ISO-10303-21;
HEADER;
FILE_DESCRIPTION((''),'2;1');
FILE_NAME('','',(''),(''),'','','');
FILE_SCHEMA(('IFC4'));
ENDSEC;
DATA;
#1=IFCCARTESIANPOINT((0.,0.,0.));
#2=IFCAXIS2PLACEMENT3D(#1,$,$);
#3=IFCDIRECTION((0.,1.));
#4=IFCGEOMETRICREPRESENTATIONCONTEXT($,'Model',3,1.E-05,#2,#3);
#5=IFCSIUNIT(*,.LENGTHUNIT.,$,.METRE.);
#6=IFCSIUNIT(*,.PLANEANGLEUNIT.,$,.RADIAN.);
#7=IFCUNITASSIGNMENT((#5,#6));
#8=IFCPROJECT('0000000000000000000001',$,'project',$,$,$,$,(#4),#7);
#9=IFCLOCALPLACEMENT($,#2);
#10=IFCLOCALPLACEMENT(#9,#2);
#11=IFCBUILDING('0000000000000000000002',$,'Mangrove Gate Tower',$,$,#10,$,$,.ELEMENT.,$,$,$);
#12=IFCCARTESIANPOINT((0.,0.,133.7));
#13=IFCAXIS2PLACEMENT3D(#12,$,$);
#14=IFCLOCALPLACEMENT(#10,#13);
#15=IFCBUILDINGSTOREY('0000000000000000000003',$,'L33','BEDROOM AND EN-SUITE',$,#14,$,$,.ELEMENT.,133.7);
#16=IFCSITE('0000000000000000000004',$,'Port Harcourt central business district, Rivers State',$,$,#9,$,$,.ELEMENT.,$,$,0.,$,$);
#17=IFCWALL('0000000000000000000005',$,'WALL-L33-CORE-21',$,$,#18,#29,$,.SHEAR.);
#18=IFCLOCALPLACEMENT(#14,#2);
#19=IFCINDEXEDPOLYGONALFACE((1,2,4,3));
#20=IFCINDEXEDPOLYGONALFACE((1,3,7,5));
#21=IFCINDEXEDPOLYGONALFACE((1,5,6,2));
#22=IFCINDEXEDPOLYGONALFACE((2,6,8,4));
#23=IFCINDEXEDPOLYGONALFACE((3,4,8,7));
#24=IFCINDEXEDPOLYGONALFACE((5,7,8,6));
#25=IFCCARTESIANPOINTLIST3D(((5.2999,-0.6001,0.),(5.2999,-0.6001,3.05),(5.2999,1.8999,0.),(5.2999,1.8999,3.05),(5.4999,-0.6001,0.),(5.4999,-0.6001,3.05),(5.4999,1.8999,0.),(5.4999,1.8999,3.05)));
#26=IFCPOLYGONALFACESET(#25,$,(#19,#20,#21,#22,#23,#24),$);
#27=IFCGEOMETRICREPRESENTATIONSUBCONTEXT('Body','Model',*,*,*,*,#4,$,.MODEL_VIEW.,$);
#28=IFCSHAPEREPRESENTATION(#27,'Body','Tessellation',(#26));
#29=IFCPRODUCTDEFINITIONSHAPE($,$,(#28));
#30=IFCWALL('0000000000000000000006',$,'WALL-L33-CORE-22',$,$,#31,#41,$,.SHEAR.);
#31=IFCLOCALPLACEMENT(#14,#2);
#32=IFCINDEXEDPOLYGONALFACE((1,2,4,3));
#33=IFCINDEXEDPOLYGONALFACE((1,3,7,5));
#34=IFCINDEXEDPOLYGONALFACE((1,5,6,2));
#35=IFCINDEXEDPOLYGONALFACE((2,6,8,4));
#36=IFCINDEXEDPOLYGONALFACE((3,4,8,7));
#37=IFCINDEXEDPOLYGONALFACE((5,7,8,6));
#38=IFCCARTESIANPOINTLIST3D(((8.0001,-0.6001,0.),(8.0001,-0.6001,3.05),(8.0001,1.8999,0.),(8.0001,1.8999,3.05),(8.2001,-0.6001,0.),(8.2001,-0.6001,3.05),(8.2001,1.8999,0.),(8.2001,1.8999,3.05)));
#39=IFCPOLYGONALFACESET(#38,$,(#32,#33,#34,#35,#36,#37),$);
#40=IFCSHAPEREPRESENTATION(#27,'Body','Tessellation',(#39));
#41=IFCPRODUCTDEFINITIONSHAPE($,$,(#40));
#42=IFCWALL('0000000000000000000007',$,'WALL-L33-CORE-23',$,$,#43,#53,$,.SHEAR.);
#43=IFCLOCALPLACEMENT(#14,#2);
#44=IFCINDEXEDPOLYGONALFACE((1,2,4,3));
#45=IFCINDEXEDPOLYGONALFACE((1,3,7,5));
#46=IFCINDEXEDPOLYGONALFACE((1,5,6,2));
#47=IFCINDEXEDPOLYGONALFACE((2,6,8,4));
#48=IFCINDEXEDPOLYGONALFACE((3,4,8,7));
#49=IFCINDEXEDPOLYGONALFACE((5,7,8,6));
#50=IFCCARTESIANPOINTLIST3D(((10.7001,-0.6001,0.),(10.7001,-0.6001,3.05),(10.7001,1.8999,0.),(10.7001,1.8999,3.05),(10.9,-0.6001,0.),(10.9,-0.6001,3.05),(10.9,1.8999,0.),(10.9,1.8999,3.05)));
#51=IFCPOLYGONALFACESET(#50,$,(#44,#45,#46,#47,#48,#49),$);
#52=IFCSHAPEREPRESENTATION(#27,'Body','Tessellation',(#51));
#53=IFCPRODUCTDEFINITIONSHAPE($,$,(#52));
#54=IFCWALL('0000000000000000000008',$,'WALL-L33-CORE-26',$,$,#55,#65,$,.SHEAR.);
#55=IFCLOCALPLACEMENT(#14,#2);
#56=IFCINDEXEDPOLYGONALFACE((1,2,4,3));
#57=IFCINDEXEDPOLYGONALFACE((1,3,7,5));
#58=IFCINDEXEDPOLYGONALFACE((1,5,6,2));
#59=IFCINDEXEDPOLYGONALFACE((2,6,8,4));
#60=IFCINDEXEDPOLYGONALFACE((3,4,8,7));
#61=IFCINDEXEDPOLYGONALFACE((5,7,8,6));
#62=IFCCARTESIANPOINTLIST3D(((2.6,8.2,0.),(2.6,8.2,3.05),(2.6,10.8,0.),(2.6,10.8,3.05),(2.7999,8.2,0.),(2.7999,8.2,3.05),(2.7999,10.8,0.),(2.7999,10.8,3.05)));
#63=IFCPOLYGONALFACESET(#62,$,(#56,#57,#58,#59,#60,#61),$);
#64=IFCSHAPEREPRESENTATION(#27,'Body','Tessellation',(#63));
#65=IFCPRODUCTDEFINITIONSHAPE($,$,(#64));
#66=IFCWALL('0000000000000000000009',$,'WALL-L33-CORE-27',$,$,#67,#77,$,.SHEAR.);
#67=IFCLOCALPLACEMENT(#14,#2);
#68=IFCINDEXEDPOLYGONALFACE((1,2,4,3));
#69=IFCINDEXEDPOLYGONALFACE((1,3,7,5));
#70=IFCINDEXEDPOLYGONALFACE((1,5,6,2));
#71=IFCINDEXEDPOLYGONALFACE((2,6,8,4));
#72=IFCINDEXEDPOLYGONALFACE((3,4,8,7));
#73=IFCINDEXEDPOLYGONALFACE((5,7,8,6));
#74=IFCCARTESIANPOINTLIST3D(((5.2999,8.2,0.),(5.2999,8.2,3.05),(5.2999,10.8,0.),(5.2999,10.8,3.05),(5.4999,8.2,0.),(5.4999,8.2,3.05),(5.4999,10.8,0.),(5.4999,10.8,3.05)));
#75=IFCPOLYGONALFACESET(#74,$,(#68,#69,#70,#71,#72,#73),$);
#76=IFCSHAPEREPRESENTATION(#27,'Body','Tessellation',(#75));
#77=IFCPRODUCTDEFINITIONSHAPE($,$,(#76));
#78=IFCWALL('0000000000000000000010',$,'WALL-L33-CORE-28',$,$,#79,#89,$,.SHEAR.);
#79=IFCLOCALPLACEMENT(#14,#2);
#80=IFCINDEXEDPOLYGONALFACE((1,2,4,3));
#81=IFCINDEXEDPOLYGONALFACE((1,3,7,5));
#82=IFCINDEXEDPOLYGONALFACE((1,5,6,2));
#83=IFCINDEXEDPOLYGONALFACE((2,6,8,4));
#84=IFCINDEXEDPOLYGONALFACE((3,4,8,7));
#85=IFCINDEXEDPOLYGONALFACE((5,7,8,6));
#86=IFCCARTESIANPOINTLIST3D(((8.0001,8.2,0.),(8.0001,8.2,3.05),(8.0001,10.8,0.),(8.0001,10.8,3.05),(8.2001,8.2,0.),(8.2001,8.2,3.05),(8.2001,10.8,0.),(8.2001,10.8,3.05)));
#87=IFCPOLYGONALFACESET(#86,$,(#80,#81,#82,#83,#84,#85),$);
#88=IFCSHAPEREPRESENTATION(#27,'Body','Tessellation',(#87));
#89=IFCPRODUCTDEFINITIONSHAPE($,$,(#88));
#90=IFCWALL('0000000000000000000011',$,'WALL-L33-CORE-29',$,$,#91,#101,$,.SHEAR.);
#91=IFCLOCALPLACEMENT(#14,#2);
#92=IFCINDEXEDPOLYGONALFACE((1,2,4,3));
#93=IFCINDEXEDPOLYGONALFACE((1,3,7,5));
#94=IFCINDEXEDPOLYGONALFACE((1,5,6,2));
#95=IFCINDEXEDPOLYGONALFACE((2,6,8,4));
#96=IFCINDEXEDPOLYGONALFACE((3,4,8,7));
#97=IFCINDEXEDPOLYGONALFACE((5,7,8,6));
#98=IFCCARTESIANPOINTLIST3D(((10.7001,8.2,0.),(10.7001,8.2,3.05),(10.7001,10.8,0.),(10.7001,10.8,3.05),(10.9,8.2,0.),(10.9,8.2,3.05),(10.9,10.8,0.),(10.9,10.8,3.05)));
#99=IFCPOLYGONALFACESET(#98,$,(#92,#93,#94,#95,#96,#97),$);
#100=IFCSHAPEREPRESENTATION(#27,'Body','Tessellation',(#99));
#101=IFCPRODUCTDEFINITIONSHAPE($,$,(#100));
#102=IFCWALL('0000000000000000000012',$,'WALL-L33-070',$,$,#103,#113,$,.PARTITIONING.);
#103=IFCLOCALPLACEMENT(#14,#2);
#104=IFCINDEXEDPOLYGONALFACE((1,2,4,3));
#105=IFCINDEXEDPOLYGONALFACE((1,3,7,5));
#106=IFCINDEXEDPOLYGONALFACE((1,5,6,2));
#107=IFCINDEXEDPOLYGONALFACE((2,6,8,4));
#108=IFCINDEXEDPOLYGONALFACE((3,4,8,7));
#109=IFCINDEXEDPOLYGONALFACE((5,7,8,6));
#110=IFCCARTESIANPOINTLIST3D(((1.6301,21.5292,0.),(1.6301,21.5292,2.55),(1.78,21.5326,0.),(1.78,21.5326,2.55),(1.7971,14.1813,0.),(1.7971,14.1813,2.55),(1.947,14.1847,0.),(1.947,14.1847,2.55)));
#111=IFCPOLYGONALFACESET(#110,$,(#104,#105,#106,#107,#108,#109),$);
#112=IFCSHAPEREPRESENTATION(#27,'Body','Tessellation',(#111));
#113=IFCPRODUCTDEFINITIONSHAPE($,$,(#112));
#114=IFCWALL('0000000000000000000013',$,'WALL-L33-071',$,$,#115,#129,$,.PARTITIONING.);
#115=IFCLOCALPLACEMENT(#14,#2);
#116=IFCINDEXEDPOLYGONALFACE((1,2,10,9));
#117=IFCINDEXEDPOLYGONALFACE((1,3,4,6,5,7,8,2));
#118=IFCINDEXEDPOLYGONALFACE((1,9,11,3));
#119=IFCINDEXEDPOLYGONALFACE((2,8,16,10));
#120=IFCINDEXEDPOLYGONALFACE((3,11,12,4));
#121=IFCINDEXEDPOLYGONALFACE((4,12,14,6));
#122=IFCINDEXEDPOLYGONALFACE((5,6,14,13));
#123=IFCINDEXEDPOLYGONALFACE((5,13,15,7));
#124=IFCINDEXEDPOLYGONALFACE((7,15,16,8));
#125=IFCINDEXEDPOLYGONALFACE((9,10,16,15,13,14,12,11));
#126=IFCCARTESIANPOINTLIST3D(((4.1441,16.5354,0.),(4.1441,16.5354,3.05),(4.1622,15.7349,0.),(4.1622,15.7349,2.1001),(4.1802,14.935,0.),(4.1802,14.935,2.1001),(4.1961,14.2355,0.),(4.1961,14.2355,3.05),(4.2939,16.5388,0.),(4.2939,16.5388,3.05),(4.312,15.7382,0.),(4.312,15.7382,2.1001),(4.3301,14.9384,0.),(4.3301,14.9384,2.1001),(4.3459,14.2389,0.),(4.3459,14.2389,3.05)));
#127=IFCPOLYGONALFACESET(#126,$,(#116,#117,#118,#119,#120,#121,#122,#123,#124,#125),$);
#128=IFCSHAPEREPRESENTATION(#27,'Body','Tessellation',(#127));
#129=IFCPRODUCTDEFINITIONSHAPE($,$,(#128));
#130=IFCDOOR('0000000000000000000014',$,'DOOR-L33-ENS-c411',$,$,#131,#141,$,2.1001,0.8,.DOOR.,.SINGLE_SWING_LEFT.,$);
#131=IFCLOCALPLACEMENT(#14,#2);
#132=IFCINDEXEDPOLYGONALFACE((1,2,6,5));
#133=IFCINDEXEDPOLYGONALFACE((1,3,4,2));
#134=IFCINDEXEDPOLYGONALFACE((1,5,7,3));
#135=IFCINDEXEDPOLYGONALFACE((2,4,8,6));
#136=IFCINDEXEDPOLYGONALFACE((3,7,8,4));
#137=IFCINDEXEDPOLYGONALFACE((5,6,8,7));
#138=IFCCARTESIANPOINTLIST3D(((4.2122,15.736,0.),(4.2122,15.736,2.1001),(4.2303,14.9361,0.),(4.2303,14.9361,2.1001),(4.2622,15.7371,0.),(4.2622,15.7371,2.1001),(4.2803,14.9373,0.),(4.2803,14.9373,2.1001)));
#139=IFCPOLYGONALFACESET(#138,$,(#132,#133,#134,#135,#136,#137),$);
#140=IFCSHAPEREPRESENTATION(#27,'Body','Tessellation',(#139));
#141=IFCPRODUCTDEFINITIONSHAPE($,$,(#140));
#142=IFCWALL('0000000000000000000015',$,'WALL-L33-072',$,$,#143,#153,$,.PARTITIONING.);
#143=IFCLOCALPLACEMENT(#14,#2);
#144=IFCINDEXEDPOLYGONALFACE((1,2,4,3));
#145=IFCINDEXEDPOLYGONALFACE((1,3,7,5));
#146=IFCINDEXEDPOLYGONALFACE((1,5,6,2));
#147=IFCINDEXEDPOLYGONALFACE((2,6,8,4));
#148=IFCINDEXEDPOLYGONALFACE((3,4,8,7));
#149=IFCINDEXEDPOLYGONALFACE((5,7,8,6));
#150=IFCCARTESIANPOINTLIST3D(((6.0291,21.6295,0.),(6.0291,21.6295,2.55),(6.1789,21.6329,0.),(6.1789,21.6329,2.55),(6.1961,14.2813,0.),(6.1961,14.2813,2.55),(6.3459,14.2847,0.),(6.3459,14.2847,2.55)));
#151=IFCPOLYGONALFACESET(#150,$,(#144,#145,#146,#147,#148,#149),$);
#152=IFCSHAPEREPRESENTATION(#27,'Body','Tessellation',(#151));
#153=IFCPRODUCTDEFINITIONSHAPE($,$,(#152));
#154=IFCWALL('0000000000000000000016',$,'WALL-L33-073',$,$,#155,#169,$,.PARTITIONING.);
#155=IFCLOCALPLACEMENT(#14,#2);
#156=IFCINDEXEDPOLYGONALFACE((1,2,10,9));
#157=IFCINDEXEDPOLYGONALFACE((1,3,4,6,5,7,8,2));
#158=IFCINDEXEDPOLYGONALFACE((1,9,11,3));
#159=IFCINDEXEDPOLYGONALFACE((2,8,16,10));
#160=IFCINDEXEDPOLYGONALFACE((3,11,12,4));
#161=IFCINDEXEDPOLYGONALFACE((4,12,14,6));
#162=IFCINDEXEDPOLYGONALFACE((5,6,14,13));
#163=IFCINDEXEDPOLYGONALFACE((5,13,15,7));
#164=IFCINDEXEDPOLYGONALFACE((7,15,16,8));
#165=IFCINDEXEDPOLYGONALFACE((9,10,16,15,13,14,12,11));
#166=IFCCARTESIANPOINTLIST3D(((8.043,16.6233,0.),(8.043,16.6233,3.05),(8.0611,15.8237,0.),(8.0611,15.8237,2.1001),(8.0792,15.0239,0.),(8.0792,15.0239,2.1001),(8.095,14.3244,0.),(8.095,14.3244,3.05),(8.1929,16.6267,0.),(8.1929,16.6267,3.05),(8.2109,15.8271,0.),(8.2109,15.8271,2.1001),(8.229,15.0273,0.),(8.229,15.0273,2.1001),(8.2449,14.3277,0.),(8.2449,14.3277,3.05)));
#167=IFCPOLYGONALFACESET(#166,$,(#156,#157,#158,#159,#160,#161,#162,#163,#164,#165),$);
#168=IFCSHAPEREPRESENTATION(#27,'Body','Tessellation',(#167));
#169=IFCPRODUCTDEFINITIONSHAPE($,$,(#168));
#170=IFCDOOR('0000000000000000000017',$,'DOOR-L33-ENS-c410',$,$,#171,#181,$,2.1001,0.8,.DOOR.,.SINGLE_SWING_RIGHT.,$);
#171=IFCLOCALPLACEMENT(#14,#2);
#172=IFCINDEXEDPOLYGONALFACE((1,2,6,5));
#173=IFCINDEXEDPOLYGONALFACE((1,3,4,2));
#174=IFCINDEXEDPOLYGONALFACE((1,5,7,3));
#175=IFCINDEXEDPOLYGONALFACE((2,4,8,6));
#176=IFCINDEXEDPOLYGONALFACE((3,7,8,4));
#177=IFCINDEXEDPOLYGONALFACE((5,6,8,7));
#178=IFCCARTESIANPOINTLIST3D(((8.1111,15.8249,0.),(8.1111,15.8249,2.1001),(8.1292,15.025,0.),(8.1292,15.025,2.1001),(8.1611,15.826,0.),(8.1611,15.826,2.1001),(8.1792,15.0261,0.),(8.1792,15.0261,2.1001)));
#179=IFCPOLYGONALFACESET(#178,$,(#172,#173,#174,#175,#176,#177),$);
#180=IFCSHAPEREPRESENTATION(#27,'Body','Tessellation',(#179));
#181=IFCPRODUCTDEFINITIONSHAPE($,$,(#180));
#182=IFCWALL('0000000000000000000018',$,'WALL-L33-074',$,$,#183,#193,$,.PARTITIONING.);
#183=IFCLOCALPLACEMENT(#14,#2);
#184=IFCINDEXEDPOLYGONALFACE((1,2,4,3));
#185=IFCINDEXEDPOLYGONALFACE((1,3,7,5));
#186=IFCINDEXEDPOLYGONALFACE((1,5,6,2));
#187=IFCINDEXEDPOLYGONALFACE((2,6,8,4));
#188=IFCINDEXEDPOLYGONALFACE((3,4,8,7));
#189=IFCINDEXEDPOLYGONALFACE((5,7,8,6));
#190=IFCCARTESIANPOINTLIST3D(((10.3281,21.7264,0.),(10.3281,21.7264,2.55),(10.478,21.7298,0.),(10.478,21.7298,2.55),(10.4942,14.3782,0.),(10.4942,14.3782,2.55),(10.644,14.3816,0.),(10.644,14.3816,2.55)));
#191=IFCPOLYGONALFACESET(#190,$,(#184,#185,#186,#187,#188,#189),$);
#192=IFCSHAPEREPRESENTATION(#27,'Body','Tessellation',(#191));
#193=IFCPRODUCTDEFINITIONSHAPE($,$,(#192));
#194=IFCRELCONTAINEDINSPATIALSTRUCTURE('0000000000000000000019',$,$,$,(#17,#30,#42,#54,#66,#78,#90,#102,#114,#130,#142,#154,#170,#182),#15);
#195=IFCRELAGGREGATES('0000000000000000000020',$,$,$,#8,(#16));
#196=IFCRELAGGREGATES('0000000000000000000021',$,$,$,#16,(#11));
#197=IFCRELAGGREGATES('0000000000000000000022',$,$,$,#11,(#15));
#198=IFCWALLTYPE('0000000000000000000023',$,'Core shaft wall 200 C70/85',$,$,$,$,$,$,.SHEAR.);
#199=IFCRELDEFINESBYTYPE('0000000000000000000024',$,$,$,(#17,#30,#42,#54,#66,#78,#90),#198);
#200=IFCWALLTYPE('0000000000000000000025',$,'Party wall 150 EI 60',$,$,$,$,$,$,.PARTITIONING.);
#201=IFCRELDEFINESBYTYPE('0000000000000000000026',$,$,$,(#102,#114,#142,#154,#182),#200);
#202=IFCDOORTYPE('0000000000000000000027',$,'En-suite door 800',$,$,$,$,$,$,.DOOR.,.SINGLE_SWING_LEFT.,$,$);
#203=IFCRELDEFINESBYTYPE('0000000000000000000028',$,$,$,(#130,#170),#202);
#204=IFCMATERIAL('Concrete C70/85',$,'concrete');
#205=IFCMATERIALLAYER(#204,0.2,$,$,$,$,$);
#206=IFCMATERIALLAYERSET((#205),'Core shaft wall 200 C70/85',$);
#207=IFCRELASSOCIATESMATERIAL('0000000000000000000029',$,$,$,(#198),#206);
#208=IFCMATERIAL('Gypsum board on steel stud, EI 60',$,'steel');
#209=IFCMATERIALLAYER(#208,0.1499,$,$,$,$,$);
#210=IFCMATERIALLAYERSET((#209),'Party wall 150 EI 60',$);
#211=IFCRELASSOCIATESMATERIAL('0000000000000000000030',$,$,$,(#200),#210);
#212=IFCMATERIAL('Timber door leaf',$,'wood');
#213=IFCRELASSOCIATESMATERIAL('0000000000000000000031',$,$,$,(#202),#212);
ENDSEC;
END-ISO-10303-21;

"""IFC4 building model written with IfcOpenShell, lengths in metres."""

from ifc_helpers import new_model, si_unit, direction, frame, frame_2d, origin, place, context, subcontext, project, spatial, rectangle, extrude, material, layer, layer_set, type_object, element, fill, save


model = new_model("IFC4")

# Units and contexts
model_context = context("Model", 3, precision=1e-05, world=origin(), true_north=direction((0.0, 1.0)))
body_context = subcontext(model_context, "Body", "Model", "MODEL_VIEW")
ifc_project = project(units=[si_unit("LENGTHUNIT", "METRE"), si_unit("PLANEANGLEUNIT", "RADIAN")], contexts=[model_context])

# Site, building, storey
site_placement = place(None, origin())
site = spatial("IfcSite", under=ifc_project, at=site_placement, Name="Port Harcourt central business district, Rivers State", CompositionType="ELEMENT", RefElevation=0.0)
building_placement = place(site_placement, origin())
building = spatial("IfcBuilding", under=site, at=building_placement, Name="Mangrove Gate Tower", CompositionType="ELEMENT")
storey_placement = place(building_placement, frame((0.0, 0.0, 133.7)))
storey = spatial("IfcBuildingStorey", under=building, at=storey_placement, Name="L33", Description="BEDROOM AND EN-SUITE", CompositionType="ELEMENT", Elevation=133.7)

# Walls
ifc_material_1 = material(Name="Concrete C70/85", Category="concrete")
ifc_layer_1 = layer(ifc_material_1, 0.2)
ifc_layer_set_1 = layer_set([ifc_layer_1], Name="Core shaft wall 200 C70/85")
wall_type_1 = type_object("IfcWallType", Name="Core shaft wall 200 C70/85", PredefinedType="SHEAR", material=ifc_layer_set_1)
for number, where, z_axis, x_axis, name in (
    (1, (5.3999, -0.6001, 0.0), (0.0, 0.0, 1.0), (0.0, 1.0, 0.0), "WALL-L33-CORE-21"),
    (2, (8.1001, -0.6001, 0.0), (0.0, 0.0, 1.0), (0.0, 1.0, 0.0), "WALL-L33-CORE-22"),
    (3, (10.8, -0.6001, 0.0), (0.0, 0.0, 1.0), (0.0, 1.0, 0.0), "WALL-L33-CORE-23"),
):
    element("IfcWall", number, at=place(storey_placement, frame(where, z_axis=z_axis, x_axis=x_axis)), inside=storey, type_object=wall_type_1, Name=name, PredefinedType="SHEAR", context=body_context, shape_type="SweptSolid", body=[
        extrude(rectangle(XDim=2.5, YDim=0.2, at=frame_2d((1.25, 0.0))), origin(), (0.0, 0.0, 1.0), 3.05),
    ])
for number, where, z_axis, x_axis, name in (
    (4, (2.7, 8.2, 0.0), (0.0, 0.0, 1.0), (0.0, 1.0, 0.0), "WALL-L33-CORE-26"),
    (5, (5.3999, 8.2, 0.0), (0.0, 0.0, 1.0), (0.0, 1.0, 0.0), "WALL-L33-CORE-27"),
    (6, (8.1001, 8.2, 0.0), (0.0, 0.0, 1.0), (0.0, 1.0, 0.0), "WALL-L33-CORE-28"),
    (7, (10.8, 8.2, 0.0), (0.0, 0.0, 1.0), (0.0, 1.0, 0.0), "WALL-L33-CORE-29"),
):
    element("IfcWall", number, at=place(storey_placement, frame(where, z_axis=z_axis, x_axis=x_axis)), inside=storey, type_object=wall_type_1, Name=name, PredefinedType="SHEAR", context=body_context, shape_type="SweptSolid", body=[
        extrude(rectangle(XDim=2.6001, YDim=0.2, at=frame_2d((1.3, 0.0))), origin(), (0.0, 0.0, 1.0), 3.05),
    ])
ifc_material_2 = material(Name="Gypsum board on steel stud, EI 60", Category="steel")
ifc_layer_2 = layer(ifc_material_2, 0.1499)
ifc_layer_set_2 = layer_set([ifc_layer_2], Name="Party wall 150 EI 60")
wall_type_2 = type_object("IfcWallType", Name="Party wall 150 EI 60", PredefinedType="PARTITIONING", material=ifc_layer_set_2)
wall_1_placement = place(storey_placement, frame((1.8721, 14.1831, 0.0), z_axis=(0.0, 0.0, 1.0), x_axis=(-0.022721, 0.999742, 0.0)))
element("IfcWall", 8, at=wall_1_placement, inside=storey, type_object=wall_type_2, Name="WALL-L33-070", PredefinedType="PARTITIONING", context=body_context, shape_type="SweptSolid", body=[
    extrude(rectangle(XDim=7.3499, YDim=0.1499, at=frame_2d((3.6748, 0.0))), origin(), (0.0, 0.0, 1.0), 2.55),
])

# Wall, opening, door
wall_2_placement = place(storey_placement, frame((4.271, 14.2371, 0.0), z_axis=(0.0, 0.0, 1.0), x_axis=(-0.022603, 0.999745, 0.0)))
wall_2 = element("IfcWall", 9, at=wall_2_placement, inside=storey, type_object=wall_type_2, Name="WALL-L33-071", PredefinedType="PARTITIONING", context=body_context, shape_type="SweptSolid", body=[
    extrude(rectangle(XDim=2.3005, YDim=0.1499, at=frame_2d((1.1504, 0.0))), origin(), (0.0, 0.0, 1.0), 3.05),
])
opening_1_placement = place(wall_2_placement, frame((0.7, 0.0, 0.0)))
opening_1 = element("IfcOpeningElement", 10, at=opening_1_placement, cuts=wall_2, PredefinedType="OPENING", context=body_context, shape_type="SweptSolid", body=[
    extrude(rectangle(XDim=0.8, YDim=2.1001, at=frame_2d((0.3999, 1.05))), frame((0.0, 0.085, 0.0), z_axis=(0.0, -1.0, 0.0), x_axis=(1.0, 0.0, 0.0)), (0.0, 0.0, 1.0), 0.1699),
])
ifc_material_3 = material(Name="Timber door leaf", Category="wood")
door_type = type_object("IfcDoorType", Name="En-suite door 800", OperationType="SINGLE_SWING_LEFT", PredefinedType="DOOR", material=ifc_material_3)
door_1_placement = place(opening_1_placement, origin())
door_1 = element("IfcDoor", 11, at=door_1_placement, inside=storey, type_object=door_type, Name="DOOR-L33-ENS-c411", OperationType="SINGLE_SWING_LEFT", OverallHeight=2.1001, OverallWidth=0.8, PredefinedType="DOOR", context=body_context, shape_type="SweptSolid", body=[
    extrude(rectangle(XDim=0.8, YDim=2.1001, at=frame_2d((0.3999, 1.05))), frame((0.0, 0.0249, 0.0), z_axis=(0.0, -1.0, 0.0), x_axis=(1.0, 0.0, 0.0)), (0.0, 0.0, 1.0), 0.05),
])
fill(opening_1, door_1)

# Wall
wall_3_placement = place(storey_placement, frame((6.271, 14.283, 0.0), z_axis=(0.0, 0.0, 1.0), x_axis=(-0.02272, 0.999742, 0.0)))
element("IfcWall", 12, at=wall_3_placement, inside=storey, type_object=wall_type_2, Name="WALL-L33-072", PredefinedType="PARTITIONING", context=body_context, shape_type="SweptSolid", body=[
    extrude(rectangle(XDim=7.3501, YDim=0.1499, at=frame_2d((3.675, 0.0))), origin(), (0.0, 0.0, 1.0), 2.55),
])

# Wall, opening, door
wall_4_placement = place(storey_placement, frame((8.1699, 14.3259, 0.0), z_axis=(0.0, 0.0, 1.0), x_axis=(-0.022613, 0.999744, 0.0)))
wall_4 = element("IfcWall", 13, at=wall_4_placement, inside=storey, type_object=wall_type_2, Name="WALL-L33-073", PredefinedType="PARTITIONING", context=body_context, shape_type="SweptSolid", body=[
    extrude(rectangle(XDim=2.2996, YDim=0.1499, at=frame_2d((1.1499, 0.0))), origin(), (0.0, 0.0, 1.0), 3.05),
])
opening_2_placement = place(wall_4_placement, frame((0.7, 0.0, 0.0)))
opening_2 = element("IfcOpeningElement", 14, at=opening_2_placement, cuts=wall_4, PredefinedType="OPENING", context=body_context, shape_type="SweptSolid", body=[
    extrude(rectangle(XDim=0.8, YDim=2.1001, at=frame_2d((0.3999, 1.05))), frame((0.0, 0.085, 0.0), z_axis=(0.0, -1.0, 0.0), x_axis=(1.0, 0.0, 0.0)), (0.0, 0.0, 1.0), 0.1699),
])
door_2_placement = place(opening_2_placement, origin())
door_2 = element("IfcDoor", 15, at=door_2_placement, inside=storey, type_object=door_type, Name="DOOR-L33-ENS-c410", OperationType="SINGLE_SWING_RIGHT", OverallHeight=2.1001, OverallWidth=0.8, PredefinedType="DOOR", context=body_context, shape_type="SweptSolid", body=[
    extrude(rectangle(XDim=0.8, YDim=2.1001, at=frame_2d((0.3999, 1.05))), frame((0.0, 0.0249, 0.0), z_axis=(0.0, -1.0, 0.0), x_axis=(1.0, 0.0, 0.0)), (0.0, 0.0, 1.0), 0.05),
])
fill(opening_2, door_2)

# Wall
wall_5_placement = place(storey_placement, frame((10.5691, 14.3799, 0.0), z_axis=(0.0, 0.0, 1.0), x_axis=(-0.022587, 0.999745, 0.0)))
element("IfcWall", 16, at=wall_5_placement, inside=storey, type_object=wall_type_2, Name="WALL-L33-074", PredefinedType="PARTITIONING", context=body_context, shape_type="SweptSolid", body=[
    extrude(rectangle(XDim=7.3501, YDim=0.1499, at=frame_2d((3.675, 0.0))), origin(), (0.0, 0.0, 1.0), 2.55),
])

save(model, "model.ifc")
